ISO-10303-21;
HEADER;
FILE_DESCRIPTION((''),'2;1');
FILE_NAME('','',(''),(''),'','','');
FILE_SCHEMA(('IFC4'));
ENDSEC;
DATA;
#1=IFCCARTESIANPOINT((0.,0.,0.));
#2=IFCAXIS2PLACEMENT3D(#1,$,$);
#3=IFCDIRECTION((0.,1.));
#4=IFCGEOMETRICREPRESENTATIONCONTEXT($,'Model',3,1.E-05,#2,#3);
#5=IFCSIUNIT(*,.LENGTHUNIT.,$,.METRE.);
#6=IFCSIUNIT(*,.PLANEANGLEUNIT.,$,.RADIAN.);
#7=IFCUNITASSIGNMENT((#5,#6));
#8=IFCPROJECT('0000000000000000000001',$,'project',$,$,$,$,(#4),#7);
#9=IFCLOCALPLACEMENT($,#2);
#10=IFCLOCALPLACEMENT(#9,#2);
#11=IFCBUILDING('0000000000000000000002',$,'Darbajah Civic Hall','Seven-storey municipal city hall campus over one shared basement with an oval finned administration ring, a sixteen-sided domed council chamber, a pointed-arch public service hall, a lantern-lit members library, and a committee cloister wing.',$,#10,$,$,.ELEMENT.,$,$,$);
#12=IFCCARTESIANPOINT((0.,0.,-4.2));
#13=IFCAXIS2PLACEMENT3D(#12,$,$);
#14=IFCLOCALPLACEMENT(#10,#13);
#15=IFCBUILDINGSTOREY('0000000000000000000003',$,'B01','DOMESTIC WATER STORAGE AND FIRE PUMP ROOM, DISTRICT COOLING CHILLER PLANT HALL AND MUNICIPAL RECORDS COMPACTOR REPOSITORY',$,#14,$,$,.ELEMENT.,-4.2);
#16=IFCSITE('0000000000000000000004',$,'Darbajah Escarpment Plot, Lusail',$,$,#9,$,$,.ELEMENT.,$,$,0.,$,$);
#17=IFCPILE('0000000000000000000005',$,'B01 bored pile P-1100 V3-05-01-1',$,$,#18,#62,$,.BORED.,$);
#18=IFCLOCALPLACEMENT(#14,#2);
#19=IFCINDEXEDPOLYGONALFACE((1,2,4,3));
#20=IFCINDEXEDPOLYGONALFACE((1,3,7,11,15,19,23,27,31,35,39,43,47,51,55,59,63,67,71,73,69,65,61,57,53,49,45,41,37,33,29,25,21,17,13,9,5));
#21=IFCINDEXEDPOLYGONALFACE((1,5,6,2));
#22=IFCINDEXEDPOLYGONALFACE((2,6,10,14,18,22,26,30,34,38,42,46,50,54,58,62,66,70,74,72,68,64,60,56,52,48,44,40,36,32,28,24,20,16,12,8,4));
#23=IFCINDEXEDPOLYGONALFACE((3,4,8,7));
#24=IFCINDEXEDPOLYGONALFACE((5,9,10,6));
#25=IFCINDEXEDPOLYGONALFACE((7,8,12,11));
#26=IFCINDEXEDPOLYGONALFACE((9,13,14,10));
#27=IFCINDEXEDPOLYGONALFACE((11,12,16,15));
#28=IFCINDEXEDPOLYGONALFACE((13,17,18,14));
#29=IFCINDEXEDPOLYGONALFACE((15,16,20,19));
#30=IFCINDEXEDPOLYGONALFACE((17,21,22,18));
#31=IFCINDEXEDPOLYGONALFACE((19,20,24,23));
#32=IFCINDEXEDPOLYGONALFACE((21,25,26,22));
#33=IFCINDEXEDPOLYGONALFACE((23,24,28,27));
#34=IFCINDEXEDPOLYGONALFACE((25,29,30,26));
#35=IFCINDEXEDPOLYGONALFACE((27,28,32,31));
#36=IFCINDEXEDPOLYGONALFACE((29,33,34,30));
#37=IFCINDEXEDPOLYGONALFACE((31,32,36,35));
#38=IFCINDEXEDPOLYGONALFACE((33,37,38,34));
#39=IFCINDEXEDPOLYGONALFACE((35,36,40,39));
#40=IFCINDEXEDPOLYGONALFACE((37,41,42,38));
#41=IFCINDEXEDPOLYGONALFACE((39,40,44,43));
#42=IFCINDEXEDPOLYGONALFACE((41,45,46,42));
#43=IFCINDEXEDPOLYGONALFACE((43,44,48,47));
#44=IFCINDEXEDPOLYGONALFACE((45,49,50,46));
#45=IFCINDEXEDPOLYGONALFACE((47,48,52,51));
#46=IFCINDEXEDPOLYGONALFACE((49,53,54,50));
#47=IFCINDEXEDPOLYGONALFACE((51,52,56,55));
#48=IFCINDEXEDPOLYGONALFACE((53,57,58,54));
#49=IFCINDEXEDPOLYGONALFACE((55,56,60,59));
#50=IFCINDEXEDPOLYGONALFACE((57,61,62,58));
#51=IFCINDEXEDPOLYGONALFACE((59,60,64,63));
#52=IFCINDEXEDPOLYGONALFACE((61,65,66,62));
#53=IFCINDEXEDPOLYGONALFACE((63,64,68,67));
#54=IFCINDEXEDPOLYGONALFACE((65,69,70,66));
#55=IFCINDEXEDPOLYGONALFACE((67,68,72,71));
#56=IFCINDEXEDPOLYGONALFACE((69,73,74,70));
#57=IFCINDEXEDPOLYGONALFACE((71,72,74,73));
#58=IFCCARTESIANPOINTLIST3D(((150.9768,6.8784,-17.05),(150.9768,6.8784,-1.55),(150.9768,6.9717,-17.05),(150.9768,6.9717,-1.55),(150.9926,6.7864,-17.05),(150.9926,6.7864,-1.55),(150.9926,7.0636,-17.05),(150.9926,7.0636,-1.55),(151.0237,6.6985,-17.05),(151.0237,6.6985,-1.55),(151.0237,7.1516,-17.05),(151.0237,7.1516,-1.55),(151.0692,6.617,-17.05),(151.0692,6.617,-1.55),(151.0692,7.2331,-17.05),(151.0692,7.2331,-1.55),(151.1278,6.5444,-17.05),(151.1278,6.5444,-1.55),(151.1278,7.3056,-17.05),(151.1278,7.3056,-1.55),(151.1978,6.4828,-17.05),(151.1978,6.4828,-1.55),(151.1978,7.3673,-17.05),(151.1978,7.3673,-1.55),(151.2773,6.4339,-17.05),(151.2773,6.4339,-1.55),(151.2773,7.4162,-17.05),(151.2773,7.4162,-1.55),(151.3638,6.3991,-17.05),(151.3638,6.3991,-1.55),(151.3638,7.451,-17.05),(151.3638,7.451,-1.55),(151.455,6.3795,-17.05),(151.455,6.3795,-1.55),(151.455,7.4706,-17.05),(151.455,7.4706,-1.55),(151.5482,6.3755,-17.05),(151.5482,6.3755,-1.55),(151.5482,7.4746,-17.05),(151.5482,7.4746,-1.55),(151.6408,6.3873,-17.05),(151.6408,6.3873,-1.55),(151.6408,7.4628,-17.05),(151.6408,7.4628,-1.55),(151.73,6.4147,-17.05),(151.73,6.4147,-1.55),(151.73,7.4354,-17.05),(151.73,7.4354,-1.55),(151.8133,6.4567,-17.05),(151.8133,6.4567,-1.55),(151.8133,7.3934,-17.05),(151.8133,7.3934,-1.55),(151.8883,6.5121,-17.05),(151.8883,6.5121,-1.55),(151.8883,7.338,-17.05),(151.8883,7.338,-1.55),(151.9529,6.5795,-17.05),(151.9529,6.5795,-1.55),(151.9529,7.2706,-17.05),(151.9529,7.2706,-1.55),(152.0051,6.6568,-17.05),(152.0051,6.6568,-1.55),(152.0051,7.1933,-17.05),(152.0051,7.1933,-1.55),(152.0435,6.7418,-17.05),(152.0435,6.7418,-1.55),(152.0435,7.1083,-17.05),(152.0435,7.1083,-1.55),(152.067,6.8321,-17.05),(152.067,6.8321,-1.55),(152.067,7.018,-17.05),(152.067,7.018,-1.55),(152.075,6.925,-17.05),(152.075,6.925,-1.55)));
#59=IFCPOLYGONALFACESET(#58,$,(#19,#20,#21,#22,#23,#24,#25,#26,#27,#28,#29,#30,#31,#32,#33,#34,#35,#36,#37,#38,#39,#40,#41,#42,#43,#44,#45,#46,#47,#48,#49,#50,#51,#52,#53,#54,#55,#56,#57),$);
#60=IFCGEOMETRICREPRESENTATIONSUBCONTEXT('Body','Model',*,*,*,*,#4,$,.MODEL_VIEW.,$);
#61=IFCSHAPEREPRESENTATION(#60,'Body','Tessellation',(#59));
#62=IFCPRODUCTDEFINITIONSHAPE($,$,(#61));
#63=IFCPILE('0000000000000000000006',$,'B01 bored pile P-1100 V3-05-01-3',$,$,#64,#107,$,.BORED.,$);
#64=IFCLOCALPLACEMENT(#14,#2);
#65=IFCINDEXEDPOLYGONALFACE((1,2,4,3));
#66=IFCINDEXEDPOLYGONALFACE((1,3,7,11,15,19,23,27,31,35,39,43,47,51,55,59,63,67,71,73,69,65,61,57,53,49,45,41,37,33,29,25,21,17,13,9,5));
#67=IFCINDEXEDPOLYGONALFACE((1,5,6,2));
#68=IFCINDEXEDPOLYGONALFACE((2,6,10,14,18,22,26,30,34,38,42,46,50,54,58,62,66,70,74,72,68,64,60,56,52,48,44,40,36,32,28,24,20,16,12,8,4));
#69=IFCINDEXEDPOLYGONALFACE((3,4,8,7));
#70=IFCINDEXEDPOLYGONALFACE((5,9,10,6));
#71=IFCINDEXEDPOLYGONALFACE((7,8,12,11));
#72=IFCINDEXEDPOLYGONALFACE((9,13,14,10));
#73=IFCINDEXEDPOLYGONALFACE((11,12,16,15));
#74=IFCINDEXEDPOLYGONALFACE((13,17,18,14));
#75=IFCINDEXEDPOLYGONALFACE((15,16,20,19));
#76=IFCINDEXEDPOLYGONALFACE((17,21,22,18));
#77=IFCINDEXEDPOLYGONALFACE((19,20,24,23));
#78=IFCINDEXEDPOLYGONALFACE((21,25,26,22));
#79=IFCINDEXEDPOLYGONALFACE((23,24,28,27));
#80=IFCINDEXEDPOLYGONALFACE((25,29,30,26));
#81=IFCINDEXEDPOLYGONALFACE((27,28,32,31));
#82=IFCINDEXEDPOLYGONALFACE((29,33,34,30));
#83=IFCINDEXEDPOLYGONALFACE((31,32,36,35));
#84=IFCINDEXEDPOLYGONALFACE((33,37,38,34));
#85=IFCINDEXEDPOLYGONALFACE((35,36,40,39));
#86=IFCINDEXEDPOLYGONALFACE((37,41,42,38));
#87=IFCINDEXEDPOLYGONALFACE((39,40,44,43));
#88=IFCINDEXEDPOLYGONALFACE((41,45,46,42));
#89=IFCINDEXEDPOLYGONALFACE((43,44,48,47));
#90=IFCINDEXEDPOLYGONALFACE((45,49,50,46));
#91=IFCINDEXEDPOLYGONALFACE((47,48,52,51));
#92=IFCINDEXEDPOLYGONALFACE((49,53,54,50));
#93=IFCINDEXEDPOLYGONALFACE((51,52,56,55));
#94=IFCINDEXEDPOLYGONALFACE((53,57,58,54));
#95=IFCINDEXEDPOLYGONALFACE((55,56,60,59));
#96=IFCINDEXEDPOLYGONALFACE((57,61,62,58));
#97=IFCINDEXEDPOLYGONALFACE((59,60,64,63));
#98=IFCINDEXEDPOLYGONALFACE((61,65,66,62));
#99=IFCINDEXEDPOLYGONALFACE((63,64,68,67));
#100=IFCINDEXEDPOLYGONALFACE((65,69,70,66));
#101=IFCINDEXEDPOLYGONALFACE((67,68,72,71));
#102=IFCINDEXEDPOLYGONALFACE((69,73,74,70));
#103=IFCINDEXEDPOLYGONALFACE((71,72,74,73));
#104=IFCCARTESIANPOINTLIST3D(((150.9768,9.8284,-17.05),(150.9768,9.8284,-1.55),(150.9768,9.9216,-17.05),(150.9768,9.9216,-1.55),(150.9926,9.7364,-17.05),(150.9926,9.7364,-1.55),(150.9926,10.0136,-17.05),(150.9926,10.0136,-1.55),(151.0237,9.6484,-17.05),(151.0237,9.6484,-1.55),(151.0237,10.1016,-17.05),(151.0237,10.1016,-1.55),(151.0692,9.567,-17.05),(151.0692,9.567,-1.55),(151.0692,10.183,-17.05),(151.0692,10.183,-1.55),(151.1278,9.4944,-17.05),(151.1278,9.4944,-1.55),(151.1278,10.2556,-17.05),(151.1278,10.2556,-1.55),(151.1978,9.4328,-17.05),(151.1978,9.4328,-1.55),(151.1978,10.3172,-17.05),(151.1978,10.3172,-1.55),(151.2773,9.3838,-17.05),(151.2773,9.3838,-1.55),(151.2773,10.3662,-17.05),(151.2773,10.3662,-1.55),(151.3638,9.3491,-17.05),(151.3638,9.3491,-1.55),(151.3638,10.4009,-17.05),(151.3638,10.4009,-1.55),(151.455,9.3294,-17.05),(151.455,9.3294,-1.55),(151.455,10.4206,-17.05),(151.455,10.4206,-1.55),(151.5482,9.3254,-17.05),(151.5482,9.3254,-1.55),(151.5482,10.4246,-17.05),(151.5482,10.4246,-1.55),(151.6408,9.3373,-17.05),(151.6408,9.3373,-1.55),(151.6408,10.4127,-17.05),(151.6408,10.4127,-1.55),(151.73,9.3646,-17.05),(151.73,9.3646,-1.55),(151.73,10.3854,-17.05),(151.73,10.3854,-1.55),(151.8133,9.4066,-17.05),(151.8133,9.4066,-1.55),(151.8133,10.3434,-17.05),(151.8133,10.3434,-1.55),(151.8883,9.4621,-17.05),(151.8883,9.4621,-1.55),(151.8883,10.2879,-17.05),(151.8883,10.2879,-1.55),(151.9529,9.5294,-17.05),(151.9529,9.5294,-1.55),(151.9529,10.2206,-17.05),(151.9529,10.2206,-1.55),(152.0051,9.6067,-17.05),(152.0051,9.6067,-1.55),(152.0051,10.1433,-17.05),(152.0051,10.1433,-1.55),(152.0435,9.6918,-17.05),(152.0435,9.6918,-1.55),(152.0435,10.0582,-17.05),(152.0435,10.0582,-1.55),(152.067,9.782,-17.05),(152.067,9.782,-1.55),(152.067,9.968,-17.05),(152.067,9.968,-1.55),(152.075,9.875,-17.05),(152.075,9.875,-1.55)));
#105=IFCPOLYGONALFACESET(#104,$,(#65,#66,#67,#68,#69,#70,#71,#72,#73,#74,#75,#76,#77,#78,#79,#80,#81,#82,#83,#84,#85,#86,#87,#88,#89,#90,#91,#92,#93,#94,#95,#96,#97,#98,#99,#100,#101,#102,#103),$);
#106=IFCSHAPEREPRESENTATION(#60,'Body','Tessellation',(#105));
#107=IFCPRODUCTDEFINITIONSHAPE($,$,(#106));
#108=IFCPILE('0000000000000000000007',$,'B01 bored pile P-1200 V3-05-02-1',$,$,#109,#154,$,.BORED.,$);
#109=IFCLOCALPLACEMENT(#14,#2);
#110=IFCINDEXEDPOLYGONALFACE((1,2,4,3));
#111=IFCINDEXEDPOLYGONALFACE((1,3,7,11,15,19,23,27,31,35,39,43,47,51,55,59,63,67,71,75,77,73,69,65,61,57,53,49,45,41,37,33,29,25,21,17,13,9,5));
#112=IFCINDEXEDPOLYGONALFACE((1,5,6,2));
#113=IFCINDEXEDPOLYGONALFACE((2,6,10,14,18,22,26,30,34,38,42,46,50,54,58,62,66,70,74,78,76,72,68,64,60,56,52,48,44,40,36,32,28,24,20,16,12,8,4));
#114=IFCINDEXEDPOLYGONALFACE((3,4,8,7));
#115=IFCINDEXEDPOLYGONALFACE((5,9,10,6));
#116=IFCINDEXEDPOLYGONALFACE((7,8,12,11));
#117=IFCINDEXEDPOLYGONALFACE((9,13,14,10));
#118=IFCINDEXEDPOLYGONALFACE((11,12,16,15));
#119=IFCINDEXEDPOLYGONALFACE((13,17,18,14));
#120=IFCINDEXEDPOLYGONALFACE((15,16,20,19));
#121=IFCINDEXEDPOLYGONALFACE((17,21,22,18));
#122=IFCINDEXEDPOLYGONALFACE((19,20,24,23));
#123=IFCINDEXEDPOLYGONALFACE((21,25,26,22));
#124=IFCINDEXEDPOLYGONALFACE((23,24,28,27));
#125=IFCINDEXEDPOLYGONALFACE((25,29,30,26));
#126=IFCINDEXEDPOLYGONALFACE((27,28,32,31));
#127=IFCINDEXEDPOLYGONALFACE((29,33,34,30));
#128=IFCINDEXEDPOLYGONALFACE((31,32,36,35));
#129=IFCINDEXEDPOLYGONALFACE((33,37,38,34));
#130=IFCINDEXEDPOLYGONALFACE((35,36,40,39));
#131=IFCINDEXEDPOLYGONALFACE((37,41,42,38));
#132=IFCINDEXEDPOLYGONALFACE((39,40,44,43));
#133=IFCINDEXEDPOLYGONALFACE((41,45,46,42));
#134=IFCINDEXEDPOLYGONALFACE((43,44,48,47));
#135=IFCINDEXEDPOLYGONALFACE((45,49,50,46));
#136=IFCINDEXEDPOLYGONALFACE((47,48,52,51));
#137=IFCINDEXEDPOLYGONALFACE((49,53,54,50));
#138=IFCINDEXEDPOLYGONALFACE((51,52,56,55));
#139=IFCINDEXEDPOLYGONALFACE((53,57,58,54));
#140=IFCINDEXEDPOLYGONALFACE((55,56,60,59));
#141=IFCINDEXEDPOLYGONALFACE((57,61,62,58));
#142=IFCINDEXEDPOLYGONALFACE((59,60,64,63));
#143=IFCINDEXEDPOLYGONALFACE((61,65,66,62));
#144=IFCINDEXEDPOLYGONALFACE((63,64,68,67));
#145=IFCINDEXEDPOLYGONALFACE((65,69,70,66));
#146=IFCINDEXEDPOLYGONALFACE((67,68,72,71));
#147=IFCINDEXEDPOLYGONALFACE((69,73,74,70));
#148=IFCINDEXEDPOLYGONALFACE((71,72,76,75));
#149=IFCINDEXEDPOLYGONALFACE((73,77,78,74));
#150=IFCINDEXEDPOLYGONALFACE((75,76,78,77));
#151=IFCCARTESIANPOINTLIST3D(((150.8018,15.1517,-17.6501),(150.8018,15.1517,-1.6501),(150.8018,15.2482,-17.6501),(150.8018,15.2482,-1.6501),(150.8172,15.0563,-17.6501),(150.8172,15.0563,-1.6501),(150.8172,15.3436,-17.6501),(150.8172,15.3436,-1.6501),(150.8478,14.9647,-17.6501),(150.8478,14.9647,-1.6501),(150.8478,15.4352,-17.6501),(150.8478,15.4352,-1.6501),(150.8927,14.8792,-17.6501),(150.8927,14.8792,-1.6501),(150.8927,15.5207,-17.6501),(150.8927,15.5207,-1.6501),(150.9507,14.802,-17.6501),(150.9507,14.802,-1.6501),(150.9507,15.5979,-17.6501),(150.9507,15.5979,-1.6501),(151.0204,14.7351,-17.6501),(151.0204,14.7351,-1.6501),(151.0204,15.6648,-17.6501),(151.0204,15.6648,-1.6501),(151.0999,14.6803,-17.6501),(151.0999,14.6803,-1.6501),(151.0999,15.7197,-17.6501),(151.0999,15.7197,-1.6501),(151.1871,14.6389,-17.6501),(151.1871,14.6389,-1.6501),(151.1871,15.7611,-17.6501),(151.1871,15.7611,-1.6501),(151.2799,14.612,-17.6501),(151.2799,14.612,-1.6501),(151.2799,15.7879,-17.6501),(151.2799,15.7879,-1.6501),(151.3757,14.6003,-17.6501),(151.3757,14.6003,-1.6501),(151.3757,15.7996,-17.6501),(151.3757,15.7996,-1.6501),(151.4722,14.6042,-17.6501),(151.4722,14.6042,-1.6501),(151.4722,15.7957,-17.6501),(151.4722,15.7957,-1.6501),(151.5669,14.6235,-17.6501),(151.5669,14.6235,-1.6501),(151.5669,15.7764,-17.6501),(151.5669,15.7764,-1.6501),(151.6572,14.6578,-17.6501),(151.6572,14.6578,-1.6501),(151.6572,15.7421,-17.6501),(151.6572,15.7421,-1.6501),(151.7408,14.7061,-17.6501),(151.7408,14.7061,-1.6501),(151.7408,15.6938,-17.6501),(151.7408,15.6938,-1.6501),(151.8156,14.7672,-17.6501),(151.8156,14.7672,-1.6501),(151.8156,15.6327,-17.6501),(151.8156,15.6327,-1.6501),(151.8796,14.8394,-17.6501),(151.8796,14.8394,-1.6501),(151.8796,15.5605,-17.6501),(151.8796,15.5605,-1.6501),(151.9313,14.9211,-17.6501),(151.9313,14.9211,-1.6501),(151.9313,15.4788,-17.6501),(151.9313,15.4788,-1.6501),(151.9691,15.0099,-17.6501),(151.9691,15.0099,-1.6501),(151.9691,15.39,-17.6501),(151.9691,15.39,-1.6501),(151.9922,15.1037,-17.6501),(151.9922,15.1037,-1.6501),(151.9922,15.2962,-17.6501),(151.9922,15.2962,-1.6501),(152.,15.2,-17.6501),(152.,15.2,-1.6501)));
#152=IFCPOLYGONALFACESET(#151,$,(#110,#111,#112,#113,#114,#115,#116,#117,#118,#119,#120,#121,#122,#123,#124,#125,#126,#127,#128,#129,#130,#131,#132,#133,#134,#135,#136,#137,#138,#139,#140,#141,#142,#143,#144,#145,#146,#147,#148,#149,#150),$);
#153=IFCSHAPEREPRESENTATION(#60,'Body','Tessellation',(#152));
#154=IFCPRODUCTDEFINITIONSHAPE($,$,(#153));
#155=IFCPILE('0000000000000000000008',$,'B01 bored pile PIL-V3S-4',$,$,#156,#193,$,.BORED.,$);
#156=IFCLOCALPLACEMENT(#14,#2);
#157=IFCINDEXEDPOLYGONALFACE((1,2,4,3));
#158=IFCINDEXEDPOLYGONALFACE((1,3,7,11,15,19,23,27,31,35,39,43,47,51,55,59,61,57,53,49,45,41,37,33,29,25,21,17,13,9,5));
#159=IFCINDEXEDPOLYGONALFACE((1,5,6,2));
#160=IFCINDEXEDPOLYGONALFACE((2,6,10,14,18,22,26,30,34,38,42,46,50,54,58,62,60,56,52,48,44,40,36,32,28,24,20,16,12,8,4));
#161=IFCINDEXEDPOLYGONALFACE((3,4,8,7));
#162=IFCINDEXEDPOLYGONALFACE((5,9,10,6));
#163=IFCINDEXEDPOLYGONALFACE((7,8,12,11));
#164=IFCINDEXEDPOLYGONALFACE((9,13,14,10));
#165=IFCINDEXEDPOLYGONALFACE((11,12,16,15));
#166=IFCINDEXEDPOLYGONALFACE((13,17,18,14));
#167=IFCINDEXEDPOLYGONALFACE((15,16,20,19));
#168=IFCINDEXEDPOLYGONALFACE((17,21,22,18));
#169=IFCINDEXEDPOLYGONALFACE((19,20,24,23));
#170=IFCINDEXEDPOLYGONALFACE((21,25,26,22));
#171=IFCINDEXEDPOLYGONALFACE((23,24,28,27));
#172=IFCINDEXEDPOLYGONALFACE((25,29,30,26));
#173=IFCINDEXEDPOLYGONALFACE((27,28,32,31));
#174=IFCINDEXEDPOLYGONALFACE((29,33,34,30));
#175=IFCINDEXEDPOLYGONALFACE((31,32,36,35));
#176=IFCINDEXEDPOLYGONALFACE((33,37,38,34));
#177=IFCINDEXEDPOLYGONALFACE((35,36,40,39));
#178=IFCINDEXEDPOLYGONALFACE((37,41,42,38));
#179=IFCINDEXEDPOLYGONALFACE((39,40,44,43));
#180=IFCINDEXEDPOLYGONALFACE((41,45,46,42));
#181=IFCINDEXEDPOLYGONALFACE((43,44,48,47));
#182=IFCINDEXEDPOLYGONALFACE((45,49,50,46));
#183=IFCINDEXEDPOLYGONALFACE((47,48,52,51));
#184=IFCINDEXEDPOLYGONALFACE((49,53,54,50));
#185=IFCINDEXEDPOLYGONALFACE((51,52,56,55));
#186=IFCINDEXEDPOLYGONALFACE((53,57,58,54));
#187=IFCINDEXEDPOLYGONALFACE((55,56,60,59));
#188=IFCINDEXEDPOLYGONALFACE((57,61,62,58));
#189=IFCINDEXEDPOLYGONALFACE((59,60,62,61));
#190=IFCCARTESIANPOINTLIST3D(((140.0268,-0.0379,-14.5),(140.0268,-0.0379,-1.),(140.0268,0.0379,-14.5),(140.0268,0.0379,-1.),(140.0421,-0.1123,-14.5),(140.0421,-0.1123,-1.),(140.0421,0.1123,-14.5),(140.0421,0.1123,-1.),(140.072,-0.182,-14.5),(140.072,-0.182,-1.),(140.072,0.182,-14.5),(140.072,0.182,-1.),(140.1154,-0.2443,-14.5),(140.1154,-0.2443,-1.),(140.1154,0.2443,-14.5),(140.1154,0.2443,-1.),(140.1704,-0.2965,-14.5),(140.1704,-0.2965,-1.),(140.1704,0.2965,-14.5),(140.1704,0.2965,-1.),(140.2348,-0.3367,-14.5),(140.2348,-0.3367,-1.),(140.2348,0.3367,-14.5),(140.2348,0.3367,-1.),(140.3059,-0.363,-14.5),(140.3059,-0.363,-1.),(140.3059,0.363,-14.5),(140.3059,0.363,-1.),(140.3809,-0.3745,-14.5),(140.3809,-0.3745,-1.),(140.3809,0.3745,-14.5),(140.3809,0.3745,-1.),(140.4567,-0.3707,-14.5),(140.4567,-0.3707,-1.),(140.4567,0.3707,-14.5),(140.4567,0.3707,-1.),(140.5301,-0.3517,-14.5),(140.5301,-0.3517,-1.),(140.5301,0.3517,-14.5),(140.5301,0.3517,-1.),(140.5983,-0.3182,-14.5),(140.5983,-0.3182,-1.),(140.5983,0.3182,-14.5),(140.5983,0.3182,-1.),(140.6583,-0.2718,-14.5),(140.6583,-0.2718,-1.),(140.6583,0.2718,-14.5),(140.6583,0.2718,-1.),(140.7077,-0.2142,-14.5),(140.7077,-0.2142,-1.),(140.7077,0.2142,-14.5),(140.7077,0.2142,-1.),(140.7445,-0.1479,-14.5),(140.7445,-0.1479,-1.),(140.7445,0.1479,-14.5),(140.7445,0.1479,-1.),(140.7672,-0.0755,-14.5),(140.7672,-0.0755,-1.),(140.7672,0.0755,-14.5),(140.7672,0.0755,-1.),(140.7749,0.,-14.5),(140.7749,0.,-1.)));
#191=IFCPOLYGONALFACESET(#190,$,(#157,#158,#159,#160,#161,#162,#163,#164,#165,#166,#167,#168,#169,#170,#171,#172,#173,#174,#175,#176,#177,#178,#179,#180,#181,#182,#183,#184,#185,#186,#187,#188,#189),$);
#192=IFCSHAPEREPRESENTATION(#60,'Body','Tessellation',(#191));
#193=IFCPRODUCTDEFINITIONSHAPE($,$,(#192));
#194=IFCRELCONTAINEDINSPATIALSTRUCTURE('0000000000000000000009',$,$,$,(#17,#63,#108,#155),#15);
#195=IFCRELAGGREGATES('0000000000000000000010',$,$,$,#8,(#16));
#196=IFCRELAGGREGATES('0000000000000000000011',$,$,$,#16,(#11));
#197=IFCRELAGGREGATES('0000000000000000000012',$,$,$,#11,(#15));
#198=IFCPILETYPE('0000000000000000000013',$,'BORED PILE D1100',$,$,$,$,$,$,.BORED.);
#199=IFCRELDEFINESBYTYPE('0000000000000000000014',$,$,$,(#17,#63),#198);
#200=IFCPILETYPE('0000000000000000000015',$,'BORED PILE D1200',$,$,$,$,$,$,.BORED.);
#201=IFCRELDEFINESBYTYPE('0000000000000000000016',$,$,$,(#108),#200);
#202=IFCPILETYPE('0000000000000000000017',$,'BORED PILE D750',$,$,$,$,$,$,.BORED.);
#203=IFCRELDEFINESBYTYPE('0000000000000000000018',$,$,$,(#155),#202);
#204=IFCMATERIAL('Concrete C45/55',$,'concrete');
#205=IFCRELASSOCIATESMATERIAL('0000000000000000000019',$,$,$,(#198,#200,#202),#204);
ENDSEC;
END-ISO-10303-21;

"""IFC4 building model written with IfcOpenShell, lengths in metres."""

from ifc_helpers import new_model, si_unit, direction, frame, origin, origin_2d, place, context, subcontext, project, spatial, circle, extrude, material, material_profile, profile_set, type_object, element, save


model = new_model("IFC4")

# Units and contexts
model_context = context("Model", 3, precision=1e-05, world=origin(), true_north=direction((0.0, 1.0)))
body_context = subcontext(model_context, "Body", "Model", "MODEL_VIEW")
ifc_project = project(units=[si_unit("LENGTHUNIT", "METRE"), si_unit("PLANEANGLEUNIT", "RADIAN")], contexts=[model_context])

# Site, building, storey
site_placement = place(None, origin())
site = spatial("IfcSite", under=ifc_project, at=site_placement, Name="Darbajah Escarpment Plot, Lusail", CompositionType="ELEMENT", RefElevation=0.0)
building_placement = place(site_placement, origin())
building = spatial("IfcBuilding", under=site, at=building_placement, Name="Darbajah Civic Hall", Description="Seven-storey municipal city hall campus over one shared basement with an oval finned administration ring, a sixteen-sided domed council chamber, a pointed-arch public service hall, a lantern-lit members library, and a committee cloister wing.", CompositionType="ELEMENT")
storey_placement = place(building_placement, frame((0.0, 0.0, -4.2)))
storey = spatial("IfcBuildingStorey", under=building, at=storey_placement, Name="B01", Description="DOMESTIC WATER STORAGE AND FIRE PUMP ROOM, DISTRICT COOLING CHILLER PLANT HALL AND MUNICIPAL RECORDS COMPACTOR REPOSITORY", CompositionType="ELEMENT", Elevation=-4.2)

# Piles
ifc_material_1 = material(Name="Concrete C45/55", Category="concrete")
ifc_material_profile_1 = material_profile(ifc_material_1, circle(Radius=0.55, at=origin_2d()), Name="BORED PILE D1100")
ifc_profile_set_1 = profile_set([ifc_material_profile_1], Name="Concrete C45/55")
pile_type_1 = type_object("IfcPileType", Name="BORED PILE D1100", PredefinedType="BORED", material=ifc_profile_set_1)
for number, where, z_axis, x_axis, name in (
    (1, (151.5249, 6.925, -1.55), (0.0, 0.0, -1.0), (1.0, 0.0, 0.0), "B01 bored pile P-1100 V3-05-01-1"),
    (2, (151.5249, 9.875, -1.55), (0.0, 0.0, -1.0), (1.0, 0.0, 0.0), "B01 bored pile P-1100 V3-05-01-3"),
):
    element("IfcPile", number, at=place(storey_placement, frame(where, z_axis=z_axis, x_axis=x_axis)), inside=storey, type_object=pile_type_1, Name=name, PredefinedType="BORED", context=body_context, shape_type="SweptSolid", body=[
        extrude(circle(Radius=0.55, at=origin_2d()), origin(), (0.0, 0.0, 1.0), 15.5),
    ])
ifc_material_profile_2 = material_profile(ifc_material_1, circle(Radius=0.6001, at=origin_2d()), Name="BORED PILE D1200")
ifc_profile_set_2 = profile_set([ifc_material_profile_2], Name="Concrete C45/55")
pile_type_2 = type_object("IfcPileType", Name="BORED PILE D1200", PredefinedType="BORED", material=ifc_profile_set_2)
pile_placement = place(storey_placement, frame((151.3999, 15.2, -1.6501), z_axis=(0.0, 0.0, -1.0), x_axis=(1.0, 0.0, 0.0)))
element("IfcPile", 3, at=pile_placement, inside=storey, type_object=pile_type_2, Name="B01 bored pile P-1200 V3-05-02-1", PredefinedType="BORED", context=body_context, shape_type="SweptSolid", body=[
    extrude(circle(Radius=0.6001, at=origin_2d()), origin(), (0.0, 0.0, 1.0), 16.0),
])
ifc_material_profile_3 = material_profile(ifc_material_1, circle(Radius=0.375, at=origin_2d()), Name="BORED PILE D750")
ifc_profile_set_3 = profile_set([ifc_material_profile_3], Name="Concrete C45/55")
pile_type_3 = type_object("IfcPileType", Name="BORED PILE D750", PredefinedType="BORED", material=ifc_profile_set_3)
for number, where, z_axis, x_axis, name in (
    (4, (140.3999, 0.0, -1.0), (0.0, 0.0, -1.0), (1.0, 0.0, 0.0), "B01 bored pile PIL-V3S-4"),
):
    element("IfcPile", number, at=place(storey_placement, frame(where, z_axis=z_axis, x_axis=x_axis)), inside=storey, type_object=pile_type_3, Name=name, PredefinedType="BORED", context=body_context, shape_type="SweptSolid", body=[
        extrude(circle(Radius=0.375, at=origin_2d()), origin(), (0.0, 0.0, 1.0), 13.5),
    ])

save(model, "model.ifc")
